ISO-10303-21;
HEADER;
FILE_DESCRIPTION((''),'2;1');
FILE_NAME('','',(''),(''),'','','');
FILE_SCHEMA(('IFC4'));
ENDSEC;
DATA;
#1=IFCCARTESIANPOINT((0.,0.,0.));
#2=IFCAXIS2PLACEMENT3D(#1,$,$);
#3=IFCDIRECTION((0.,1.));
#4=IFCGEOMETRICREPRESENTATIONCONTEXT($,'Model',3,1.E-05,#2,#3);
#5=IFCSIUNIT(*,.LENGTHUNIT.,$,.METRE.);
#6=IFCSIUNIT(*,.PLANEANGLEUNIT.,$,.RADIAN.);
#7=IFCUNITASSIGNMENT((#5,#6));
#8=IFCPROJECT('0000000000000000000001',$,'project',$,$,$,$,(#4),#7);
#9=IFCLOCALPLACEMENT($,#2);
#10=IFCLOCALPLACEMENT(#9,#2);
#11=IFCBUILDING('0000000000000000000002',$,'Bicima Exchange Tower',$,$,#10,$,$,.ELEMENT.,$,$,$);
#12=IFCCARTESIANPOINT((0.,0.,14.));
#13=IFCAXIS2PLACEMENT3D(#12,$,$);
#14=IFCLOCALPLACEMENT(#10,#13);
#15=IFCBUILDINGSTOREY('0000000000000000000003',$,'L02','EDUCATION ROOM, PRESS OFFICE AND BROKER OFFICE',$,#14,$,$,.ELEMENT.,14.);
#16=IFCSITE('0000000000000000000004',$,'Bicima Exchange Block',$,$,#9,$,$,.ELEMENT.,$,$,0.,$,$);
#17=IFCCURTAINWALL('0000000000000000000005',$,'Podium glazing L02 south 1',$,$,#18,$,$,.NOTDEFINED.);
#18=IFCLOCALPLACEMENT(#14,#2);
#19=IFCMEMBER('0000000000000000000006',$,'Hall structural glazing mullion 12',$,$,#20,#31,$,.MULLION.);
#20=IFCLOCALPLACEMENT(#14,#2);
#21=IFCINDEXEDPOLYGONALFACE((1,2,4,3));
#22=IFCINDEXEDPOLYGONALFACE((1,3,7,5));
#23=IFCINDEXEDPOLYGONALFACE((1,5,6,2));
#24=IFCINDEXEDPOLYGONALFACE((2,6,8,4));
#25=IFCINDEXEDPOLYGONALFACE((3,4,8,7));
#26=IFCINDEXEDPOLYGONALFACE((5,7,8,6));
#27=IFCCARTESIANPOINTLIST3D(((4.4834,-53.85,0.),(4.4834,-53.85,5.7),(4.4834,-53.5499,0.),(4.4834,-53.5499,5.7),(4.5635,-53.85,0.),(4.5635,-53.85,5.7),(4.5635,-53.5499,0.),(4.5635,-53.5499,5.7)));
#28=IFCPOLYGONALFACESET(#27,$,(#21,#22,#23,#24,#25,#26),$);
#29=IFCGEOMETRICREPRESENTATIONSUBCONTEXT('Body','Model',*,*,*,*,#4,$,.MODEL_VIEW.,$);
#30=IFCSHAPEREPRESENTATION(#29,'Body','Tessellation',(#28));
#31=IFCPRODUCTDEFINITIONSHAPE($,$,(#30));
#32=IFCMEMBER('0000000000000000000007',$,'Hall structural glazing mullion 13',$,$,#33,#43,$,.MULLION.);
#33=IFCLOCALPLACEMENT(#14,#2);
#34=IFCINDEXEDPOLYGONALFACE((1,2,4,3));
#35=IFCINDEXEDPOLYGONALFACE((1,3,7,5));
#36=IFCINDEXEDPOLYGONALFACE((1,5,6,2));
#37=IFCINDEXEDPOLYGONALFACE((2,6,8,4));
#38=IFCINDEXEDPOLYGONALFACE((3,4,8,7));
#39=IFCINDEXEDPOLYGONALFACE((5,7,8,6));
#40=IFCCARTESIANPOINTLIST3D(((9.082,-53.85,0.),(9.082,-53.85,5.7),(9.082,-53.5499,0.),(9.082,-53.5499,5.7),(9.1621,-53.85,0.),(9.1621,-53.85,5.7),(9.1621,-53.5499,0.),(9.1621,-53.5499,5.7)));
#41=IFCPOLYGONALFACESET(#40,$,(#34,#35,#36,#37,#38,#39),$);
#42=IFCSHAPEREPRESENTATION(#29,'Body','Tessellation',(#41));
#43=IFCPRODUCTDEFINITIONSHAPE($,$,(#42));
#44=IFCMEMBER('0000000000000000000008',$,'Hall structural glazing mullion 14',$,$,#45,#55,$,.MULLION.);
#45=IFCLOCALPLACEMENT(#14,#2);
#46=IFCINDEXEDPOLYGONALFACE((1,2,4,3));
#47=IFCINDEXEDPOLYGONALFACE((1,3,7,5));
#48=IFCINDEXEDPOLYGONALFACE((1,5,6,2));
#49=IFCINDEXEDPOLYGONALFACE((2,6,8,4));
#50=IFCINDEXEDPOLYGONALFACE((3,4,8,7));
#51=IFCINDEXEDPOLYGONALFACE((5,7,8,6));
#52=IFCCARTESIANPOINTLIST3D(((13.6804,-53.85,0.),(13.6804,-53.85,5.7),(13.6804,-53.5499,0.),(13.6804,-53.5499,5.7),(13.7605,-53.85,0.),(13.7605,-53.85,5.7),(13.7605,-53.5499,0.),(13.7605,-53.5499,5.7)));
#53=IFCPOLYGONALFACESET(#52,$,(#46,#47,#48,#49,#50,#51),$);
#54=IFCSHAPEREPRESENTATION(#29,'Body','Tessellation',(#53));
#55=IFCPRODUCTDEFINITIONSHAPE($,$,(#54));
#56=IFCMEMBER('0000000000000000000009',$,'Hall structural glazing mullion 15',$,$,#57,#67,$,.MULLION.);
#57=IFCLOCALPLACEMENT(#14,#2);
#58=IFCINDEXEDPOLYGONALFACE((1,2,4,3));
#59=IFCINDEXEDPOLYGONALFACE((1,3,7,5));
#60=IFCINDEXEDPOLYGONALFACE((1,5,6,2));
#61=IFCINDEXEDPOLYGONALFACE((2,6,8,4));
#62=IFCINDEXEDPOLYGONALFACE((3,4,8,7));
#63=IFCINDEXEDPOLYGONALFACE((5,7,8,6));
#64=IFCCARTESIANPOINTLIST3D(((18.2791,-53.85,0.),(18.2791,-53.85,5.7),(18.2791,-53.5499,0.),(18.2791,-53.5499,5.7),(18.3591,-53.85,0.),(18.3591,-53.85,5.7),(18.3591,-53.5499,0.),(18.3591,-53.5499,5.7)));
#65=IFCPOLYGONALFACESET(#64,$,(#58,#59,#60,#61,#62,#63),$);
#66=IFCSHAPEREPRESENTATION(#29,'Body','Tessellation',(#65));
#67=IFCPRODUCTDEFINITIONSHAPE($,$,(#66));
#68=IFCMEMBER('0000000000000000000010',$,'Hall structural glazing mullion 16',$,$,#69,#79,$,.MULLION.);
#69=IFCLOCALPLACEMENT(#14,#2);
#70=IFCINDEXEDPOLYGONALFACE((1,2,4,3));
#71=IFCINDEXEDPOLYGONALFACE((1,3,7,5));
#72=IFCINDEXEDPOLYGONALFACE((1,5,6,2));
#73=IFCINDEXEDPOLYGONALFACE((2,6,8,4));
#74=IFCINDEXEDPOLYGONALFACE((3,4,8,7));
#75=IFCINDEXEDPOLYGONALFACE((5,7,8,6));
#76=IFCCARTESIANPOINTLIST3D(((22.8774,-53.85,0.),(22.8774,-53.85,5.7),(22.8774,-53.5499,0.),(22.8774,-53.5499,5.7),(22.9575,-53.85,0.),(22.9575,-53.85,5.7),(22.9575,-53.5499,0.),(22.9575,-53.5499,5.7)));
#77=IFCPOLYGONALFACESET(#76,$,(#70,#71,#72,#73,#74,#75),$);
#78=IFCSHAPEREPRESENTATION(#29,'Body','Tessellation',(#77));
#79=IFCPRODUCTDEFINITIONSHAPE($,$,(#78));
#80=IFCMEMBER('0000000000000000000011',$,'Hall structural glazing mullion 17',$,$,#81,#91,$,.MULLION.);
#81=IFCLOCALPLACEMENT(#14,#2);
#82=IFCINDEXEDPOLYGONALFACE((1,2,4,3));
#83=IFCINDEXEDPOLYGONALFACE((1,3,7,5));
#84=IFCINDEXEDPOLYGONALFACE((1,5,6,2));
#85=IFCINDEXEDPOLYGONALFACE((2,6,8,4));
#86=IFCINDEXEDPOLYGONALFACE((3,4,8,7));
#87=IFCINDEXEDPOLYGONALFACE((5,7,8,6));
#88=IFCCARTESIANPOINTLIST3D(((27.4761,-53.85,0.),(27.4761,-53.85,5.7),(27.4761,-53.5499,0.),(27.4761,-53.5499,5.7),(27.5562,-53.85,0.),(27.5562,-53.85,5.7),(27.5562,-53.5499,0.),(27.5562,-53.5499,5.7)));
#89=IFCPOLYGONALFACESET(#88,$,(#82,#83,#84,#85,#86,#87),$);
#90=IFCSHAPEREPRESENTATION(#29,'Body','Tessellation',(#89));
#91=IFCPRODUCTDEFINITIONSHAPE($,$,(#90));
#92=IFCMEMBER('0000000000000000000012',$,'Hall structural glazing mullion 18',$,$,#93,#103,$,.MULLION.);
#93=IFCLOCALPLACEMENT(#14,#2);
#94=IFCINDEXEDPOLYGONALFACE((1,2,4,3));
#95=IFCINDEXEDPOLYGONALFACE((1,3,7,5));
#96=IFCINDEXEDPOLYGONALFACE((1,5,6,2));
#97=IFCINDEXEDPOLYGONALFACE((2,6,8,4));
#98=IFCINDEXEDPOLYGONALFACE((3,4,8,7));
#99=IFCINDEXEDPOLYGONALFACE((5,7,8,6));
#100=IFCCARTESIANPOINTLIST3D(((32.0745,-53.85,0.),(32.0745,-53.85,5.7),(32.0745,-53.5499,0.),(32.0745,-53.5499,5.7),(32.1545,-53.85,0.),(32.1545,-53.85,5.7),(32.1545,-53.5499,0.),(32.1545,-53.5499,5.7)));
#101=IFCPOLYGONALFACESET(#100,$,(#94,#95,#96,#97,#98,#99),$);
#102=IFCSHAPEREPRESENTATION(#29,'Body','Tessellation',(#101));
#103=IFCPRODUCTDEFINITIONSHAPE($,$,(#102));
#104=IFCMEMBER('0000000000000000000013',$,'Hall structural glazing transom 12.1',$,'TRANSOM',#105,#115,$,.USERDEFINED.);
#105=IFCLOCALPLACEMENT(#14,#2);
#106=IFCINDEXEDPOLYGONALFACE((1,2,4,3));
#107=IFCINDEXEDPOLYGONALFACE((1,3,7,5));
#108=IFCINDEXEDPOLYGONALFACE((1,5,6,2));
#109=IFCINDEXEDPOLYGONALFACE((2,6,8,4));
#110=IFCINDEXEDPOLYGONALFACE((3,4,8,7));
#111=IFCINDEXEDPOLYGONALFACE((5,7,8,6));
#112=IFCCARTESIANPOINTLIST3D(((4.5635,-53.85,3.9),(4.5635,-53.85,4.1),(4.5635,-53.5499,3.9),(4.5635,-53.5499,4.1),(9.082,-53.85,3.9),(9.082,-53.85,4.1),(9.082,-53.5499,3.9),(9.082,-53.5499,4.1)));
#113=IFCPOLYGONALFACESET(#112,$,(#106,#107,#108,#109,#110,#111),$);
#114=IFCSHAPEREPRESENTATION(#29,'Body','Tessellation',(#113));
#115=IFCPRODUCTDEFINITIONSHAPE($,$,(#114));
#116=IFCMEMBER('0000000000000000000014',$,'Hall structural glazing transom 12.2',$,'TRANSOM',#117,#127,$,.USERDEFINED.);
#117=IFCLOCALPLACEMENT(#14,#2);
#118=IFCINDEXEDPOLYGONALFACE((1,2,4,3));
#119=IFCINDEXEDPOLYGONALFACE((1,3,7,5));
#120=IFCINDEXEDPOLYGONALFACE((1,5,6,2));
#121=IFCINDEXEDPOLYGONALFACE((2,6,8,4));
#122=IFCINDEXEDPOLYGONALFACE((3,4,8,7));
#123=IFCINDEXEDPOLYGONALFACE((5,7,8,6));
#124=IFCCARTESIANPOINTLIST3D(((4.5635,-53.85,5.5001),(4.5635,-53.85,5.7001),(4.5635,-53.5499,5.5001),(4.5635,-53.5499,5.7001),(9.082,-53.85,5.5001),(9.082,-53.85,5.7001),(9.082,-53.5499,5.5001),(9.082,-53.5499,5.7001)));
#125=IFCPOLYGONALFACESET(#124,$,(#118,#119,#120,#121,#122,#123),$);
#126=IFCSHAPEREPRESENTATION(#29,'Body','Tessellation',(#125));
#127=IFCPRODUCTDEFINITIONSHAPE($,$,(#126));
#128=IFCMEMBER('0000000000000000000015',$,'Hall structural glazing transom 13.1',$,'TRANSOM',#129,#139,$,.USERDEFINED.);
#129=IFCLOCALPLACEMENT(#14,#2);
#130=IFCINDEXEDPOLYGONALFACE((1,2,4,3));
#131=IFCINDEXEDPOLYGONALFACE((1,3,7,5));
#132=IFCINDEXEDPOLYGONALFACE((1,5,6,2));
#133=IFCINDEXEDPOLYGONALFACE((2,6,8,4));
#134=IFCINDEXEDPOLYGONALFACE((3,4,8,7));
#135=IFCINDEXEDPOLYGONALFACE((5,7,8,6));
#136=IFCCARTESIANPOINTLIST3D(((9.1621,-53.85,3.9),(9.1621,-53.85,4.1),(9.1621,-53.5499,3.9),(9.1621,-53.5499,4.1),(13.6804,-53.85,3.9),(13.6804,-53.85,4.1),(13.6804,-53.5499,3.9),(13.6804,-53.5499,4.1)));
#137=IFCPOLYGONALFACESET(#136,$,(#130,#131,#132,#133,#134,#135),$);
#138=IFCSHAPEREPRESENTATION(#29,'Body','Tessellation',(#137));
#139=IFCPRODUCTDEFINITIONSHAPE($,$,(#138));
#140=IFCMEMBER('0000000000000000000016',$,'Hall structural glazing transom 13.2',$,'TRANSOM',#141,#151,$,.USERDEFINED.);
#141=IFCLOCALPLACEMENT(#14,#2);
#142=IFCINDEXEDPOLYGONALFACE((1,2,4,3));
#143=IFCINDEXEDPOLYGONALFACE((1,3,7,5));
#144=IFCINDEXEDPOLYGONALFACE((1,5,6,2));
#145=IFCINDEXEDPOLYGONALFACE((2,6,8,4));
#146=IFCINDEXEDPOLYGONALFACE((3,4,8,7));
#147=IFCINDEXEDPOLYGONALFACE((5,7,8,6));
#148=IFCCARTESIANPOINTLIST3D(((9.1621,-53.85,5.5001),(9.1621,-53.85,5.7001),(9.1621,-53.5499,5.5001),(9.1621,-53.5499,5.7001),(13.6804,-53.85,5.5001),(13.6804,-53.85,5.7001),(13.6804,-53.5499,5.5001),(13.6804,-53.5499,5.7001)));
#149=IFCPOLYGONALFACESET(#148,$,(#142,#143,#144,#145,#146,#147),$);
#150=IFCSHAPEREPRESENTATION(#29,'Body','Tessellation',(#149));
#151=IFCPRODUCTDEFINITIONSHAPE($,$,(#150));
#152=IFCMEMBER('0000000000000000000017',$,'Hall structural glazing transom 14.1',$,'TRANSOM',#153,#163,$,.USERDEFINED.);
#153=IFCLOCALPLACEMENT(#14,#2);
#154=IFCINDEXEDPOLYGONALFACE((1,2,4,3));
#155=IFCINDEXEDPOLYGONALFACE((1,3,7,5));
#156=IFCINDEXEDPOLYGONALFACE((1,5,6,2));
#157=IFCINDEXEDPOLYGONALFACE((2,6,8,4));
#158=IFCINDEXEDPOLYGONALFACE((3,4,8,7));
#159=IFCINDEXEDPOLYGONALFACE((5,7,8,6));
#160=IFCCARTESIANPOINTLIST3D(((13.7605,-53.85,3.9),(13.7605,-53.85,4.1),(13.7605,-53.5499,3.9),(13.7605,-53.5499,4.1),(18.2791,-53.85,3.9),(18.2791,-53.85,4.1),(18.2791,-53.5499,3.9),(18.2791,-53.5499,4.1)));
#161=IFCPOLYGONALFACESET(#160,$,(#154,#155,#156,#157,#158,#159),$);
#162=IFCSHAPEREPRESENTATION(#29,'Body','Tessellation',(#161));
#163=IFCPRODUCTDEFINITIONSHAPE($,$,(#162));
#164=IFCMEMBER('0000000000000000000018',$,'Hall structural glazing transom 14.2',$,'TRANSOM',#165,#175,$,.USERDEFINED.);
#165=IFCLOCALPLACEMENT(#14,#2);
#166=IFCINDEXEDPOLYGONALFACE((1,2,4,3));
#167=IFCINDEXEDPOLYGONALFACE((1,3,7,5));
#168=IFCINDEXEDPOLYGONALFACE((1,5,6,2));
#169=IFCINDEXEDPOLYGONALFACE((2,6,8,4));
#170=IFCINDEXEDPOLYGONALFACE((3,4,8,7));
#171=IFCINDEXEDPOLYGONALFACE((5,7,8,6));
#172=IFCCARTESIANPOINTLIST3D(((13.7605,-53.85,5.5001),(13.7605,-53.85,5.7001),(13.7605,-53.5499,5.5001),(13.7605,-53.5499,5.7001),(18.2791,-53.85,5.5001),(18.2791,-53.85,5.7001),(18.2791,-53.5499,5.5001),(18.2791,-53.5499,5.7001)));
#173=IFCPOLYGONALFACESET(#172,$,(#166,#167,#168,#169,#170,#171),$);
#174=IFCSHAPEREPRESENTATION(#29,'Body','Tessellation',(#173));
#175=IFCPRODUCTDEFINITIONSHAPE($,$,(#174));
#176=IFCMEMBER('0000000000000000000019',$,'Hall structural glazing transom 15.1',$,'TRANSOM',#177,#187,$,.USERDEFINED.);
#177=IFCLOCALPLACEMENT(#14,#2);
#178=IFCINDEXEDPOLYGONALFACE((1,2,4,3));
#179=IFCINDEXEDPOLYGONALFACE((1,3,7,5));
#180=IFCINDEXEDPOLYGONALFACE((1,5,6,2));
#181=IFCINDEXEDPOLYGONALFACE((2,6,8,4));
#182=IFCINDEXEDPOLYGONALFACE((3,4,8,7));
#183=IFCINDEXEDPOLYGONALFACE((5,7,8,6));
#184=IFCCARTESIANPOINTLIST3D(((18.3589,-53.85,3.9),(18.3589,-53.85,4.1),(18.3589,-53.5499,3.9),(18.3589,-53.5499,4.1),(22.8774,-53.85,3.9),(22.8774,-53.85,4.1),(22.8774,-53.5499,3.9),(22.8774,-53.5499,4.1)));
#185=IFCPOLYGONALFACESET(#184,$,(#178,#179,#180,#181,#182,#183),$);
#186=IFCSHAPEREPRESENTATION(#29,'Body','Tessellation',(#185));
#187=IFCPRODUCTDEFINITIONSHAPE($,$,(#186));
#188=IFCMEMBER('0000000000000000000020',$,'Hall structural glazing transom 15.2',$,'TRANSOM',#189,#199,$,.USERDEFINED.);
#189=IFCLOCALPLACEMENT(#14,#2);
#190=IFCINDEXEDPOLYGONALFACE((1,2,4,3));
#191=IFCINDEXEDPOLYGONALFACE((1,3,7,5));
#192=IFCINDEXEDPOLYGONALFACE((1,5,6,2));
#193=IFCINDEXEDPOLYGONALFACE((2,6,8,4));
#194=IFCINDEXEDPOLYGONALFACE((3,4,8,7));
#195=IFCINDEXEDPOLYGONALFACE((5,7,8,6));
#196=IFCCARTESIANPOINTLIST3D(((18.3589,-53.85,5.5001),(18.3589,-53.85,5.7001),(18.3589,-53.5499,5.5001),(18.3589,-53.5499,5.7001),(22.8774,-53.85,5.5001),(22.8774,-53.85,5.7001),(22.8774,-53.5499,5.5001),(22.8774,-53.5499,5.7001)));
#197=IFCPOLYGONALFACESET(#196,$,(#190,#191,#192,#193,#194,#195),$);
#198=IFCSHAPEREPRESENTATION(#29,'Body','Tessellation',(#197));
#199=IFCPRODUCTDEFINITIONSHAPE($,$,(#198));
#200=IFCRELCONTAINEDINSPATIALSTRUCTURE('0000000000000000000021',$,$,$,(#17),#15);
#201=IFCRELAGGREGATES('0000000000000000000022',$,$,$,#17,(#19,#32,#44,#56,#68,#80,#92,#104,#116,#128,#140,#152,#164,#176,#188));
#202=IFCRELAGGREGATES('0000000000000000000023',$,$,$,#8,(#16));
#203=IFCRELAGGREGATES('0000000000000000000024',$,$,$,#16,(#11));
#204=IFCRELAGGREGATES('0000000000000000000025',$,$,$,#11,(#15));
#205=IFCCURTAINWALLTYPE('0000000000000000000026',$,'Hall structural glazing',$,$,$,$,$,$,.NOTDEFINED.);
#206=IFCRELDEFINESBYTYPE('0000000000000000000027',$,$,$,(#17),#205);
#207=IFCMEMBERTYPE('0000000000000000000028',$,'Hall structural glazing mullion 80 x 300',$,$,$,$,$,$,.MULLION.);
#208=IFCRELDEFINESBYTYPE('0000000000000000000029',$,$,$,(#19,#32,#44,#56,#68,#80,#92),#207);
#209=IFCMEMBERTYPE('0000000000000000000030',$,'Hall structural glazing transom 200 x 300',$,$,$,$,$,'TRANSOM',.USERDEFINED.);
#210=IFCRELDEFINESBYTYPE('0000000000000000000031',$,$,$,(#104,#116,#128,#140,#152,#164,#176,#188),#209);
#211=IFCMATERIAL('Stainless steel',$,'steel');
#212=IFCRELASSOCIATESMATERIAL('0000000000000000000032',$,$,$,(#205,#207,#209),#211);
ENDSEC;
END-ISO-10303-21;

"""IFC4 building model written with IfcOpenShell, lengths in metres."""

from ifc_helpers import new_model, si_unit, direction, frame, origin, origin_2d, place, context, subcontext, project, spatial, rectangle, extrude, material, material_profile, profile_set, type_object, element, aggregate, save


model = new_model("IFC4")

# Units and contexts
model_context = context("Model", 3, precision=1e-05, world=origin(), true_north=direction((0.0, 1.0)))
body_context = subcontext(model_context, "Body", "Model", "MODEL_VIEW")
ifc_project = project(units=[si_unit("LENGTHUNIT", "METRE"), si_unit("PLANEANGLEUNIT", "RADIAN")], contexts=[model_context])

# Site, building, storey
site_placement = place(None, origin())
site = spatial("IfcSite", under=ifc_project, at=site_placement, Name="Bicima Exchange Block", CompositionType="ELEMENT", RefElevation=0.0)
building_placement = place(site_placement, origin())
building = spatial("IfcBuilding", under=site, at=building_placement, Name="Bicima Exchange Tower", CompositionType="ELEMENT")
storey_placement = place(building_placement, frame((0.0, 0.0, 14.0)))
storey = spatial("IfcBuildingStorey", under=building, at=storey_placement, Name="L02", Description="EDUCATION ROOM, PRESS OFFICE AND BROKER OFFICE", CompositionType="ELEMENT", Elevation=14.0)

# Curtain wall, members
ifc_material_1 = material(Name="Stainless steel", Category="steel")
curtain_wall_type = type_object("IfcCurtainWallType", Name="Hall structural glazing", PredefinedType="NOTDEFINED", material=ifc_material_1)
curtain_wall_placement = place(storey_placement, origin())
curtain_wall = element("IfcCurtainWall", 1, at=curtain_wall_placement, inside=storey, type_object=curtain_wall_type, Name="Podium glazing L02 south 1", PredefinedType="NOTDEFINED")
ifc_material_profile_1 = material_profile(ifc_material_1, rectangle(XDim=0.3, YDim=0.0801, at=origin_2d()))
ifc_profile_set_1 = profile_set([ifc_material_profile_1], Name="Stainless steel")
member_type_1 = type_object("IfcMemberType", Name="Hall structural glazing mullion 80 x 300", PredefinedType="MULLION", material=ifc_profile_set_1)
member_1_placement = place(storey_placement, frame((4.5234, -53.7, 0.0), z_axis=(0.0, 0.0, 1.0), x_axis=(0.0, 1.0, 0.0)))
member_1 = element("IfcMember", 2, at=member_1_placement, type_object=member_type_1, Name="Hall structural glazing mullion 12", PredefinedType="MULLION", context=body_context, shape_type="SweptSolid", body=[
    extrude(rectangle(XDim=0.3, YDim=0.0801, at=origin_2d()), origin(), (0.0, 0.0, 1.0), 5.7),
])
member_2_placement = place(storey_placement, frame((9.1221, -53.7, 0.0), z_axis=(0.0, 0.0, 1.0), x_axis=(0.0, 1.0, 0.0)))
member_2 = element("IfcMember", 3, at=member_2_placement, type_object=member_type_1, Name="Hall structural glazing mullion 13", PredefinedType="MULLION", context=body_context, shape_type="SweptSolid", body=[
    extrude(rectangle(XDim=0.3, YDim=0.0801, at=origin_2d()), origin(), (0.0, 0.0, 1.0), 5.7),
])
member_3_placement = place(storey_placement, frame((13.7205, -53.7, 0.0), z_axis=(0.0, 0.0, 1.0), x_axis=(0.0, 1.0, 0.0)))
member_3 = element("IfcMember", 4, at=member_3_placement, type_object=member_type_1, Name="Hall structural glazing mullion 14", PredefinedType="MULLION", context=body_context, shape_type="SweptSolid", body=[
    extrude(rectangle(XDim=0.3, YDim=0.0801, at=origin_2d()), origin(), (0.0, 0.0, 1.0), 5.7),
])
member_4_placement = place(storey_placement, frame((18.3191, -53.7, 0.0), z_axis=(0.0, 0.0, 1.0), x_axis=(0.0, 1.0, 0.0)))
member_4 = element("IfcMember", 5, at=member_4_placement, type_object=member_type_1, Name="Hall structural glazing mullion 15", PredefinedType="MULLION", context=body_context, shape_type="SweptSolid", body=[
    extrude(rectangle(XDim=0.3, YDim=0.0801, at=origin_2d()), origin(), (0.0, 0.0, 1.0), 5.7),
])
member_5_placement = place(storey_placement, frame((22.9175, -53.7, 0.0), z_axis=(0.0, 0.0, 1.0), x_axis=(0.0, 1.0, 0.0)))
member_5 = element("IfcMember", 6, at=member_5_placement, type_object=member_type_1, Name="Hall structural glazing mullion 16", PredefinedType="MULLION", context=body_context, shape_type="SweptSolid", body=[
    extrude(rectangle(XDim=0.3, YDim=0.0801, at=origin_2d()), origin(), (0.0, 0.0, 1.0), 5.7),
])
member_6_placement = place(storey_placement, frame((27.5161, -53.7, 0.0), z_axis=(0.0, 0.0, 1.0), x_axis=(0.0, 1.0, 0.0)))
member_6 = element("IfcMember", 7, at=member_6_placement, type_object=member_type_1, Name="Hall structural glazing mullion 17", PredefinedType="MULLION", context=body_context, shape_type="SweptSolid", body=[
    extrude(rectangle(XDim=0.3, YDim=0.0801, at=origin_2d()), origin(), (0.0, 0.0, 1.0), 5.7),
])
member_7_placement = place(storey_placement, frame((32.1145, -53.7, 0.0), z_axis=(0.0, 0.0, 1.0), x_axis=(0.0, 1.0, 0.0)))
member_7 = element("IfcMember", 8, at=member_7_placement, type_object=member_type_1, Name="Hall structural glazing mullion 18", PredefinedType="MULLION", context=body_context, shape_type="SweptSolid", body=[
    extrude(rectangle(XDim=0.3, YDim=0.0801, at=origin_2d()), origin(), (0.0, 0.0, 1.0), 5.7),
])
ifc_material_profile_2 = material_profile(ifc_material_1, rectangle(XDim=0.3, YDim=0.2, at=origin_2d()))
ifc_profile_set_2 = profile_set([ifc_material_profile_2], Name="Stainless steel")
member_type_2 = type_object("IfcMemberType", Name="Hall structural glazing transom 200 x 300", ElementType="TRANSOM", PredefinedType="USERDEFINED", material=ifc_profile_set_2)
member_8_placement = place(storey_placement, frame((4.5635, -53.7, 4.0), z_axis=(1.0, 0.0, 0.0), x_axis=(0.0, 1.0, 0.0)))
member_8 = element("IfcMember", 9, at=member_8_placement, type_object=member_type_2, Name="Hall structural glazing transom 12.1", ObjectType="TRANSOM", PredefinedType="USERDEFINED", context=body_context, shape_type="SweptSolid", body=[
    extrude(rectangle(XDim=0.3, YDim=0.2, at=origin_2d()), origin(), (0.0, 0.0, 1.0), 4.5186),
])
member_9_placement = place(storey_placement, frame((4.5635, -53.7, 5.6001), z_axis=(1.0, 0.0, 0.0), x_axis=(0.0, 1.0, 0.0)))
member_9 = element("IfcMember", 10, at=member_9_placement, type_object=member_type_2, Name="Hall structural glazing transom 12.2", ObjectType="TRANSOM", PredefinedType="USERDEFINED", context=body_context, shape_type="SweptSolid", body=[
    extrude(rectangle(XDim=0.3, YDim=0.2, at=origin_2d()), origin(), (0.0, 0.0, 1.0), 4.5186),
])
member_10_placement = place(storey_placement, frame((9.1621, -53.7, 4.0), z_axis=(1.0, 0.0, 0.0), x_axis=(0.0, 1.0, 0.0)))
member_10 = element("IfcMember", 11, at=member_10_placement, type_object=member_type_2, Name="Hall structural glazing transom 13.1", ObjectType="TRANSOM", PredefinedType="USERDEFINED", context=body_context, shape_type="SweptSolid", body=[
    extrude(rectangle(XDim=0.3, YDim=0.2, at=origin_2d()), origin(), (0.0, 0.0, 1.0), 4.5183),
])
member_11_placement = place(storey_placement, frame((9.1621, -53.7, 5.6001), z_axis=(1.0, 0.0, 0.0), x_axis=(0.0, 1.0, 0.0)))
member_11 = element("IfcMember", 12, at=member_11_placement, type_object=member_type_2, Name="Hall structural glazing transom 13.2", ObjectType="TRANSOM", PredefinedType="USERDEFINED", context=body_context, shape_type="SweptSolid", body=[
    extrude(rectangle(XDim=0.3, YDim=0.2, at=origin_2d()), origin(), (0.0, 0.0, 1.0), 4.5183),
])
member_12_placement = place(storey_placement, frame((13.7605, -53.7, 4.0), z_axis=(1.0, 0.0, 0.0), x_axis=(0.0, 1.0, 0.0)))
member_12 = element("IfcMember", 13, at=member_12_placement, type_object=member_type_2, Name="Hall structural glazing transom 14.1", ObjectType="TRANSOM", PredefinedType="USERDEFINED", context=body_context, shape_type="SweptSolid", body=[
    extrude(rectangle(XDim=0.3, YDim=0.2, at=origin_2d()), origin(), (0.0, 0.0, 1.0), 4.5186),
])
member_13_placement = place(storey_placement, frame((13.7605, -53.7, 5.6001), z_axis=(1.0, 0.0, 0.0), x_axis=(0.0, 1.0, 0.0)))
member_13 = element("IfcMember", 14, at=member_13_placement, type_object=member_type_2, Name="Hall structural glazing transom 14.2", ObjectType="TRANSOM", PredefinedType="USERDEFINED", context=body_context, shape_type="SweptSolid", body=[
    extrude(rectangle(XDim=0.3, YDim=0.2, at=origin_2d()), origin(), (0.0, 0.0, 1.0), 4.5186),
])
member_14_placement = place(storey_placement, frame((18.3589, -53.7, 4.0), z_axis=(1.0, 0.0, 0.0), x_axis=(0.0, 1.0, 0.0)))
member_14 = element("IfcMember", 15, at=member_14_placement, type_object=member_type_2, Name="Hall structural glazing transom 15.1", ObjectType="TRANSOM", PredefinedType="USERDEFINED", context=body_context, shape_type="SweptSolid", body=[
    extrude(rectangle(XDim=0.3, YDim=0.2, at=origin_2d()), origin(), (0.0, 0.0, 1.0), 4.5186),
])
member_15_placement = place(storey_placement, frame((18.3589, -53.7, 5.6001), z_axis=(1.0, 0.0, 0.0), x_axis=(0.0, 1.0, 0.0)))
member_15 = element("IfcMember", 16, at=member_15_placement, type_object=member_type_2, Name="Hall structural glazing transom 15.2", ObjectType="TRANSOM", PredefinedType="USERDEFINED", context=body_context, shape_type="SweptSolid", body=[
    extrude(rectangle(XDim=0.3, YDim=0.2, at=origin_2d()), origin(), (0.0, 0.0, 1.0), 4.5186),
])
aggregate(curtain_wall, [member_1, member_2, member_3, member_4, member_5, member_6, member_7, member_8, member_9, member_10, member_11, member_12, member_13, member_14, member_15])

save(model, "model.ifc")
